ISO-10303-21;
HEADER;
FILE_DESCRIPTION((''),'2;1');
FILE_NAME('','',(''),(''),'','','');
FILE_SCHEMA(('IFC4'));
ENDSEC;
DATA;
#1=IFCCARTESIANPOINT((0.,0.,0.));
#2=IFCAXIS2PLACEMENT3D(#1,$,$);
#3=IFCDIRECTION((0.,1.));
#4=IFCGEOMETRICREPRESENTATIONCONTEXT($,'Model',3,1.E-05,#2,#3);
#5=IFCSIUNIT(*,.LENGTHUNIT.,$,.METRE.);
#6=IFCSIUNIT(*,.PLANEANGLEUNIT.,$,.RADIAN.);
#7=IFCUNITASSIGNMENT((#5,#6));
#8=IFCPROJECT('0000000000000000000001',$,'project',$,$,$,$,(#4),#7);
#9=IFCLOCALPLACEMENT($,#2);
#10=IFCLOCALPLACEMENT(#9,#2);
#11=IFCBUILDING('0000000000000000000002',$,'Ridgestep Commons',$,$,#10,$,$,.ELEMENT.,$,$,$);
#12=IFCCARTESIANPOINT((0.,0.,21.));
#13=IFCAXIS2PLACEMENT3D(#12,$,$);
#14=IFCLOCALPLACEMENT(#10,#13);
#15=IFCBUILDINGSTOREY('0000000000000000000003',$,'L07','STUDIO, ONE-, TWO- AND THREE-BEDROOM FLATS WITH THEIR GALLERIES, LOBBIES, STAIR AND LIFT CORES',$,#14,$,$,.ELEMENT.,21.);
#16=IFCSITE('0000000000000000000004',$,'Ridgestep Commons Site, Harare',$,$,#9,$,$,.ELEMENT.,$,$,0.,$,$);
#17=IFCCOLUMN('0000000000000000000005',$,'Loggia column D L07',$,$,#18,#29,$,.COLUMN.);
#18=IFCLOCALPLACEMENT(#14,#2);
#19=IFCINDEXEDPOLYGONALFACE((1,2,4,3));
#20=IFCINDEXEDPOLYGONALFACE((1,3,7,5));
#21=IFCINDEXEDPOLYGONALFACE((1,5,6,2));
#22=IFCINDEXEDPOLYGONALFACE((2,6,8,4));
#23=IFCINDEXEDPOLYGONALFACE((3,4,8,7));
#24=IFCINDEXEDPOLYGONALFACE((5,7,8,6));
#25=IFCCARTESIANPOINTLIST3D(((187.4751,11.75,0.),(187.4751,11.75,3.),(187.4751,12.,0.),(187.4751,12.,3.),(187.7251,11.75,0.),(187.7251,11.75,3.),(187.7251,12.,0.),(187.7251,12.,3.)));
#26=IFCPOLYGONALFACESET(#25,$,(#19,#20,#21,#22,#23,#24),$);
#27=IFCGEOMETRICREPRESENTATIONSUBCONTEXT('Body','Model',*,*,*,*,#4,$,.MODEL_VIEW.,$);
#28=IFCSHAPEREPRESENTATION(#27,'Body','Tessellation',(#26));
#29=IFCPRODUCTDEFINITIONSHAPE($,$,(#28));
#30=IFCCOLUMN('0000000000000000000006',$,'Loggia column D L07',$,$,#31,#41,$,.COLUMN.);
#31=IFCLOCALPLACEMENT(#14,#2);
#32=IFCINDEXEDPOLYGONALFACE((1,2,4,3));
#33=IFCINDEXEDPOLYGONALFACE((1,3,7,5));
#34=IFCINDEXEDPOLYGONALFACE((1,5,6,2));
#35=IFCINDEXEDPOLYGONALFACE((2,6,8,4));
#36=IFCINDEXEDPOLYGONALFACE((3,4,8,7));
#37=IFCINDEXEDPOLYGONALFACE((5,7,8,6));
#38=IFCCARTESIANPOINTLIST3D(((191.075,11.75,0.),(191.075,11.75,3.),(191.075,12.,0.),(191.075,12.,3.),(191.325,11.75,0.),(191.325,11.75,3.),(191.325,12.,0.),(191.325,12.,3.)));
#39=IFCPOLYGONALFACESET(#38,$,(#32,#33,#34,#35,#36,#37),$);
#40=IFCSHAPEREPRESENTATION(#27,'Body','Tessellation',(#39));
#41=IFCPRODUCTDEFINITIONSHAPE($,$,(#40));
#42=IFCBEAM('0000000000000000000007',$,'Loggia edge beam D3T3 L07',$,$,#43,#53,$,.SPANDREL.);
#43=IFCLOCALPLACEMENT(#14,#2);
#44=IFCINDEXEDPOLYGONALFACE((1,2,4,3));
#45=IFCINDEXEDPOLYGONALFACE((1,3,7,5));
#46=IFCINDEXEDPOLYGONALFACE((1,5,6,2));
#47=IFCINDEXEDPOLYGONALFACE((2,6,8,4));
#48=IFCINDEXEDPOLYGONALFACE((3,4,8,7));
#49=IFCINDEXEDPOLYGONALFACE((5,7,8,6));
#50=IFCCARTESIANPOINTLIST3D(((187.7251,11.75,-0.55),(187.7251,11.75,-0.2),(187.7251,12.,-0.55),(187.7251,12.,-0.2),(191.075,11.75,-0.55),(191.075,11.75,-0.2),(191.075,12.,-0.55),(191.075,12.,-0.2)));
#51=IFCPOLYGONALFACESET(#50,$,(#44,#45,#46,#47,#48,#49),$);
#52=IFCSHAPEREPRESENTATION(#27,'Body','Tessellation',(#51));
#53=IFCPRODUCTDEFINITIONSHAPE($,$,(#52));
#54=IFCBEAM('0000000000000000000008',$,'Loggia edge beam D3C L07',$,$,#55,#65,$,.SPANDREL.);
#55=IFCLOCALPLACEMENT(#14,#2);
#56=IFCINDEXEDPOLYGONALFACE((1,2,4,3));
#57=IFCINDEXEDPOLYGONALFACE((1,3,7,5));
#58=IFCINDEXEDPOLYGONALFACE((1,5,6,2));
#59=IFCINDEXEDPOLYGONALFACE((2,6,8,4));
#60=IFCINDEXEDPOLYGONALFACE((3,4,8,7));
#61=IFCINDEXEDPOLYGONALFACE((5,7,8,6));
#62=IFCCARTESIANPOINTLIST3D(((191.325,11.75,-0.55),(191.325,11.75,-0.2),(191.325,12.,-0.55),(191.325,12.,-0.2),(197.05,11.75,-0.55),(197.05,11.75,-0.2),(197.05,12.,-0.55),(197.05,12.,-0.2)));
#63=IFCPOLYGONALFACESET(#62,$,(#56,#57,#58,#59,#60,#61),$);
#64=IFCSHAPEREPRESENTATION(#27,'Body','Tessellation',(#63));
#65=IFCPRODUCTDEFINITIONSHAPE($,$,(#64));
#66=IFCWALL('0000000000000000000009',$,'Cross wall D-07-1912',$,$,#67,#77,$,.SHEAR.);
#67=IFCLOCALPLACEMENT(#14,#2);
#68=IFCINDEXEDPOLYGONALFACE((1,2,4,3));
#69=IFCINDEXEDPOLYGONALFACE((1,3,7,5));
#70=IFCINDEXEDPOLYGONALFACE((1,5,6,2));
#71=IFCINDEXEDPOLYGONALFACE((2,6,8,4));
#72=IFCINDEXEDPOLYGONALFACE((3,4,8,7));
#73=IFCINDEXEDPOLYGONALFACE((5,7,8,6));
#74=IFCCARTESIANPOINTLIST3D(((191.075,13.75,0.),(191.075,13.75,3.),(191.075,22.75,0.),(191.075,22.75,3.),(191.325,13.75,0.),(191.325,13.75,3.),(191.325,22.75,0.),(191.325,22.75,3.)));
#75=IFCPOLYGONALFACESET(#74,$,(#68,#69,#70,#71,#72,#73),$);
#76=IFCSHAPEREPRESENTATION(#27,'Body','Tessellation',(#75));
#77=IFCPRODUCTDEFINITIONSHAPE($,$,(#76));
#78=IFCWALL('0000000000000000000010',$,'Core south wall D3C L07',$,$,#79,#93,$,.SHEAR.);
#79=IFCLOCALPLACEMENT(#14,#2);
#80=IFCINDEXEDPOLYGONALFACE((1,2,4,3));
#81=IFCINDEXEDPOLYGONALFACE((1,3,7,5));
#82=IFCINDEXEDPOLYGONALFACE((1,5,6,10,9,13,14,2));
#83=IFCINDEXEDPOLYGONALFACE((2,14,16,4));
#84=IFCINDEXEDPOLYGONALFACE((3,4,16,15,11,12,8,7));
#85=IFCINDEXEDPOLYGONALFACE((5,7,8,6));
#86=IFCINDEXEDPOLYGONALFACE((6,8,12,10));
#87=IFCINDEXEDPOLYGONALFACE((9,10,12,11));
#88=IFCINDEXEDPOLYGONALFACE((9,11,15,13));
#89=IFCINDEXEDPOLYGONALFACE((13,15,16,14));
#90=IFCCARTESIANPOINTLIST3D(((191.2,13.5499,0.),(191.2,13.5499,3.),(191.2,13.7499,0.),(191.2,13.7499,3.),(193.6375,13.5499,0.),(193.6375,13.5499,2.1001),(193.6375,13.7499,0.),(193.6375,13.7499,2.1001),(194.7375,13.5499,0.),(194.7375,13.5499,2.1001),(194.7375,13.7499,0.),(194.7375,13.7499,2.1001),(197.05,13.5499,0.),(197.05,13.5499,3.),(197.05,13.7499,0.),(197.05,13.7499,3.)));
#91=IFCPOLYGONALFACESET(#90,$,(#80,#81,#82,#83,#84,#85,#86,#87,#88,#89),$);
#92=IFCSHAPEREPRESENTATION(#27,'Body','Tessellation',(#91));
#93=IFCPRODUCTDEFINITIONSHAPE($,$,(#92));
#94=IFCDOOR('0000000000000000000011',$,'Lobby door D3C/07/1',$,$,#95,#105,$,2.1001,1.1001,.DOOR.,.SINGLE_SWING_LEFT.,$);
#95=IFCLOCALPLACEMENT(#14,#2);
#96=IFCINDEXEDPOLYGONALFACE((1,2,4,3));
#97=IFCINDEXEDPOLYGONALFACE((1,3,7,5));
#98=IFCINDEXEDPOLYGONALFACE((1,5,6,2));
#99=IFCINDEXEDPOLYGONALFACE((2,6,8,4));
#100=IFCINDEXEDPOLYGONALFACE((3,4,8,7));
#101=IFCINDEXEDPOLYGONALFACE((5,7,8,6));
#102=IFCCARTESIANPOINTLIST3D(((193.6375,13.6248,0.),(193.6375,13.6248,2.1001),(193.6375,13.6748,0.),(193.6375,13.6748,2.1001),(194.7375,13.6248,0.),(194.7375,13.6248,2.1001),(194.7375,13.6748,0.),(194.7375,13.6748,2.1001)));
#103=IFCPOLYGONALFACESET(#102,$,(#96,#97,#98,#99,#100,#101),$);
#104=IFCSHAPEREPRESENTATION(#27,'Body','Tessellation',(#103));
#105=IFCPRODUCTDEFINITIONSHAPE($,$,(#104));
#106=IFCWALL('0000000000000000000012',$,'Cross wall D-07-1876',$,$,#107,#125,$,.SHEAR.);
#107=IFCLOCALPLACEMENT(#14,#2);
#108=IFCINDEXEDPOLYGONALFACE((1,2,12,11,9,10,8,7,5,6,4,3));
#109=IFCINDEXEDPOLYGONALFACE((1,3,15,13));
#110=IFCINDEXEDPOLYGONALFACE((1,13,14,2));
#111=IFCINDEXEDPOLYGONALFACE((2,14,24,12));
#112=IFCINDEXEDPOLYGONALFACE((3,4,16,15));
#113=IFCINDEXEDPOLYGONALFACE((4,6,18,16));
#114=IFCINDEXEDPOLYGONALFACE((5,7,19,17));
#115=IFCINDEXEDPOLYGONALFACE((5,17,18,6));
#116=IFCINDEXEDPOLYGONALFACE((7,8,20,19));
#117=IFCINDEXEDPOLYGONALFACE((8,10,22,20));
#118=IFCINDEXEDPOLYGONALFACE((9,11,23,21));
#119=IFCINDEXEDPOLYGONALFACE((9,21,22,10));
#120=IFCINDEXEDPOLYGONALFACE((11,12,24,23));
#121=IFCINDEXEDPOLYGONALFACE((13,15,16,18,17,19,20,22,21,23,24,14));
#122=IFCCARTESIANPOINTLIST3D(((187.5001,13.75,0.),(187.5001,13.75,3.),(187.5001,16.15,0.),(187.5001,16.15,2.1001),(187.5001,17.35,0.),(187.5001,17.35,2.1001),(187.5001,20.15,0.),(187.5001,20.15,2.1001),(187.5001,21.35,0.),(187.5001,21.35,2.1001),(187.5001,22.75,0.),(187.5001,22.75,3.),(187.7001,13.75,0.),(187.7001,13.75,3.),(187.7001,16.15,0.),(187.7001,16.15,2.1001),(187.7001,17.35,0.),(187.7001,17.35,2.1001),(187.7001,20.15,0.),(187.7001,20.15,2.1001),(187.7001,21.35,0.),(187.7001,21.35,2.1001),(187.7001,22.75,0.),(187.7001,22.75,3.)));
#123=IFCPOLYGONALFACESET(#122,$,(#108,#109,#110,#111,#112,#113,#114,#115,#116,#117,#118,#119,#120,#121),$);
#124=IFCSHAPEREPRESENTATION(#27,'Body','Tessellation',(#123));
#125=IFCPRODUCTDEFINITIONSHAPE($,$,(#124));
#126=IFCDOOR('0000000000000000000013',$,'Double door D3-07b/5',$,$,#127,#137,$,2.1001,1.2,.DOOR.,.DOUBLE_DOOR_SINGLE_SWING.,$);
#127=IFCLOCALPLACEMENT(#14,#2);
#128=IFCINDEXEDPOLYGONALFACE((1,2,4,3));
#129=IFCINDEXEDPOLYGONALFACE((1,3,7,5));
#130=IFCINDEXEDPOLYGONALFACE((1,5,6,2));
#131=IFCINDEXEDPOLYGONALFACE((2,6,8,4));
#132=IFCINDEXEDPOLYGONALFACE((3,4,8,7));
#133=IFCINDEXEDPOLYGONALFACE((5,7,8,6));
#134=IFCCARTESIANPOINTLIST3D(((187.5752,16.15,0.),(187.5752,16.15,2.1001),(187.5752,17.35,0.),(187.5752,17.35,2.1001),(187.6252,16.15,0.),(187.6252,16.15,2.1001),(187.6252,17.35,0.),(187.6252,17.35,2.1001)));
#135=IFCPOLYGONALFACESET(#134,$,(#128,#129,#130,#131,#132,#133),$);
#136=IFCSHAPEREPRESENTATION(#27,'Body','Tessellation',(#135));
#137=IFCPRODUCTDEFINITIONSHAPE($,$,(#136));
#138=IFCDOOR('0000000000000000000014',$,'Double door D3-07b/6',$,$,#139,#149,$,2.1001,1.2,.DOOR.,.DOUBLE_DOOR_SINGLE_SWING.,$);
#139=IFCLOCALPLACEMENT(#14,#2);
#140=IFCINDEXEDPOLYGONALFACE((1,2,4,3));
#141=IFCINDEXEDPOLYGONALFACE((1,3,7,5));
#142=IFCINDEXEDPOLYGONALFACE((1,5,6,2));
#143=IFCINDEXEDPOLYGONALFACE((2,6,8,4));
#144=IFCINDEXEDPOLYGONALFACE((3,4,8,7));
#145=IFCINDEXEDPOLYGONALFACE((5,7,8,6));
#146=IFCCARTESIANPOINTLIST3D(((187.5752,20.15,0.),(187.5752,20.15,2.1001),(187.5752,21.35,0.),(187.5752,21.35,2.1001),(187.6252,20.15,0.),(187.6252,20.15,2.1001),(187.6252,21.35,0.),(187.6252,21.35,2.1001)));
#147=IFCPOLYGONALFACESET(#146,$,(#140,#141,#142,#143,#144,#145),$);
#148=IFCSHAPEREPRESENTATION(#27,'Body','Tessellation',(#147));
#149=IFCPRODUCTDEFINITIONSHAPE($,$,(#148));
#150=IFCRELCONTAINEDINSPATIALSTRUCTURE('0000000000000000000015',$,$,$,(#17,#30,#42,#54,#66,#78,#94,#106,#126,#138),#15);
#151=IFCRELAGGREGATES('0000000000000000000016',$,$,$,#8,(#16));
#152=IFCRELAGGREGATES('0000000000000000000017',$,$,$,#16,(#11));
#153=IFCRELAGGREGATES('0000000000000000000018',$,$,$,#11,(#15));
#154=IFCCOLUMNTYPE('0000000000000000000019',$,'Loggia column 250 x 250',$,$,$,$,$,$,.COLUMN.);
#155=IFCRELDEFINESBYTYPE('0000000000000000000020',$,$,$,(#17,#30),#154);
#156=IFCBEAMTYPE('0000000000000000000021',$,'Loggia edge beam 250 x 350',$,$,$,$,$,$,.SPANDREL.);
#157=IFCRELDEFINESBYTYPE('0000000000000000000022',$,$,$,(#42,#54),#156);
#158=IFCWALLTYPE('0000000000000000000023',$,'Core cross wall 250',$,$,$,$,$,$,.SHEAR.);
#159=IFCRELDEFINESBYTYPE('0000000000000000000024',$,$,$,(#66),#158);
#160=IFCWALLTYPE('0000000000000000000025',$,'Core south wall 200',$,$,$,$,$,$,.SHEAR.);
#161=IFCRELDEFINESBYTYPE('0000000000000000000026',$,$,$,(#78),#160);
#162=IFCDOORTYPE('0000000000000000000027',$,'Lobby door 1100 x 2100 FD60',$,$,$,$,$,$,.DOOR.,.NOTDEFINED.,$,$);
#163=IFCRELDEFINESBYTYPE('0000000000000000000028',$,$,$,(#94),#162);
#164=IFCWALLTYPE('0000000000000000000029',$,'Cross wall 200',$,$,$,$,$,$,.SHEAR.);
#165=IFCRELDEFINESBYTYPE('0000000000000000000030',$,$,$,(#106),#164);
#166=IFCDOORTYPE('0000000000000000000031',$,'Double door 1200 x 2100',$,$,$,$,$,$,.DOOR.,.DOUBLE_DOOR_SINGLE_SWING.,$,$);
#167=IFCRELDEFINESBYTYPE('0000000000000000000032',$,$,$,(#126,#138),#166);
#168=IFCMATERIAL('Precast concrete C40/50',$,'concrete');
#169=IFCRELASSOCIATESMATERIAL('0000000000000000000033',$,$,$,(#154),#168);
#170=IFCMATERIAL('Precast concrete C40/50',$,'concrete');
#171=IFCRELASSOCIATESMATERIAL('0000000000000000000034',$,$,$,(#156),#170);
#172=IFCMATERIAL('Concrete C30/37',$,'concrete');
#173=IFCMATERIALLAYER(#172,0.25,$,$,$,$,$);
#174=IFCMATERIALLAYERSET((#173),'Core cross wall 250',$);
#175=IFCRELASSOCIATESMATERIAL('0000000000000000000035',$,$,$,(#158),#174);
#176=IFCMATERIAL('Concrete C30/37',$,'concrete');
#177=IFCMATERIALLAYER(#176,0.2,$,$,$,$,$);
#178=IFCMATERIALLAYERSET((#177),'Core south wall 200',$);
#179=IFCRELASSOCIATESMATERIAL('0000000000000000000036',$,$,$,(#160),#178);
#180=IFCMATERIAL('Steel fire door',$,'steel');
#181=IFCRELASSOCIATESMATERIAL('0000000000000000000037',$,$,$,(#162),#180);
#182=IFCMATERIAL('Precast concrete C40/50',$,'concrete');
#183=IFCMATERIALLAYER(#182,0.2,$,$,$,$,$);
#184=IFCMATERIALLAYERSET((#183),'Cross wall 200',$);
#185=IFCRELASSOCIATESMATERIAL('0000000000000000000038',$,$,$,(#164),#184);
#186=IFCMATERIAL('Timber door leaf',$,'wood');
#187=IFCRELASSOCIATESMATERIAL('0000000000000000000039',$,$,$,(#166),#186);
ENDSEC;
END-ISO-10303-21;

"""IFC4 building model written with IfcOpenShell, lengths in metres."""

from ifc_helpers import new_model, si_unit, direction, frame, frame_2d, origin, origin_2d, place, context, subcontext, project, spatial, rectangle, extrude, material, layer, layer_set, material_profile, profile_set, type_object, element, fill, save


model = new_model("IFC4")

# Units and contexts
model_context = context("Model", 3, precision=1e-05, world=origin(), true_north=direction((0.0, 1.0)))
body_context = subcontext(model_context, "Body", "Model", "MODEL_VIEW")
ifc_project = project(units=[si_unit("LENGTHUNIT", "METRE"), si_unit("PLANEANGLEUNIT", "RADIAN")], contexts=[model_context])

# Site, building, storey
site_placement = place(None, origin())
site = spatial("IfcSite", under=ifc_project, at=site_placement, Name="Ridgestep Commons Site, Harare", CompositionType="ELEMENT", RefElevation=0.0)
building_placement = place(site_placement, origin())
building = spatial("IfcBuilding", under=site, at=building_placement, Name="Ridgestep Commons", CompositionType="ELEMENT")
storey_placement = place(building_placement, frame((0.0, 0.0, 21.0)))
storey = spatial("IfcBuildingStorey", under=building, at=storey_placement, Name="L07", Description="STUDIO, ONE-, TWO- AND THREE-BEDROOM FLATS WITH THEIR GALLERIES, LOBBIES, STAIR AND LIFT CORES", CompositionType="ELEMENT", Elevation=21.0)

# Columns
ifc_material_1 = material(Name="Precast concrete C40/50", Category="concrete")
ifc_material_profile_1 = material_profile(ifc_material_1, rectangle(XDim=0.25, YDim=0.25, at=origin_2d()), Name="PC 250x250")
ifc_profile_set_1 = profile_set([ifc_material_profile_1], Name="Precast concrete C40/50")
column_type = type_object("IfcColumnType", Name="Loggia column 250 x 250", PredefinedType="COLUMN", material=ifc_profile_set_1)
for number, where, z_axis, x_axis, name in (
    (1, (187.6001, 11.875, 0.0), (0.0, 0.0, 1.0), (1.0, 0.0, 0.0), "Loggia column D L07"),
    (2, (191.2, 11.875, 0.0), (0.0, 0.0, 1.0), (1.0, 0.0, 0.0), "Loggia column D L07"),
):
    element("IfcColumn", number, at=place(storey_placement, frame(where, z_axis=z_axis, x_axis=x_axis)), inside=storey, type_object=column_type, Name=name, PredefinedType="COLUMN", context=body_context, shape_type="SweptSolid", body=[
        extrude(rectangle(XDim=0.25, YDim=0.25, at=origin_2d()), origin(), (0.0, 0.0, 1.0), 3.0),
    ])

# Beams
ifc_material_2 = material(Name="Precast concrete C40/50", Category="concrete")
ifc_material_profile_2 = material_profile(ifc_material_2, rectangle(XDim=0.25, YDim=0.3501, at=origin_2d()), Name="PC 250x350")
ifc_profile_set_2 = profile_set([ifc_material_profile_2], Name="Precast concrete C40/50")
beam_type = type_object("IfcBeamType", Name="Loggia edge beam 250 x 350", PredefinedType="SPANDREL", material=ifc_profile_set_2)
beam_1_placement = place(storey_placement, frame((187.7251, 11.875, -0.375), z_axis=(1.0, 0.0, 0.0), x_axis=(0.0, 1.0, 0.0)))
element("IfcBeam", 3, at=beam_1_placement, inside=storey, type_object=beam_type, Name="Loggia edge beam D3T3 L07", PredefinedType="SPANDREL", context=body_context, shape_type="SweptSolid", body=[
    extrude(rectangle(XDim=0.25, YDim=0.3501, at=origin_2d()), origin(), (0.0, 0.0, 1.0), 3.3499),
])
beam_2_placement = place(storey_placement, frame((191.325, 11.875, -0.375), z_axis=(1.0, 0.0, 0.0), x_axis=(0.0, 1.0, 0.0)))
element("IfcBeam", 4, at=beam_2_placement, inside=storey, type_object=beam_type, Name="Loggia edge beam D3C L07", PredefinedType="SPANDREL", context=body_context, shape_type="SweptSolid", body=[
    extrude(rectangle(XDim=0.25, YDim=0.3501, at=origin_2d()), origin(), (0.0, 0.0, 1.0), 5.7251),
])

# Wall
ifc_material_3 = material(Name="Concrete C30/37", Category="concrete")
ifc_layer_1 = layer(ifc_material_3, 0.25)
ifc_layer_set_1 = layer_set([ifc_layer_1], Name="Core cross wall 250")
wall_type_1 = type_object("IfcWallType", Name="Core cross wall 250", PredefinedType="SHEAR", material=ifc_layer_set_1)
wall_1_placement = place(storey_placement, frame((191.2, 13.75, 0.0), z_axis=(0.0, 0.0, 1.0), x_axis=(0.0, 1.0, 0.0)))
element("IfcWall", 5, at=wall_1_placement, inside=storey, type_object=wall_type_1, Name="Cross wall D-07-1912", PredefinedType="SHEAR", context=body_context, shape_type="SweptSolid", body=[
    extrude(rectangle(XDim=9.0, YDim=0.25, at=frame_2d((4.5, 0.0))), origin(), (0.0, 0.0, 1.0), 3.0),
])

# Wall, opening, door
ifc_material_4 = material(Name="Concrete C30/37", Category="concrete")
ifc_layer_2 = layer(ifc_material_4, 0.2)
ifc_layer_set_2 = layer_set([ifc_layer_2], Name="Core south wall 200")
wall_type_2 = type_object("IfcWallType", Name="Core south wall 200", PredefinedType="SHEAR", material=ifc_layer_set_2)
wall_2_placement = place(storey_placement, frame((191.2, 13.6499, 0.0), z_axis=(0.0, 0.0, 1.0), x_axis=(1.0, 0.0, 0.0)))
wall_2 = element("IfcWall", 6, at=wall_2_placement, inside=storey, type_object=wall_type_2, Name="Core south wall D3C L07", PredefinedType="SHEAR", context=body_context, shape_type="SweptSolid", body=[
    extrude(rectangle(XDim=5.8501, YDim=0.2, at=frame_2d((2.925, 0.0))), origin(), (0.0, 0.0, 1.0), 3.0),
])
opening_1_placement = place(wall_2_placement, frame((2.4375, 0.0, 0.0)))
opening_1 = element("IfcOpeningElement", 7, at=opening_1_placement, cuts=wall_2, PredefinedType="OPENING", context=body_context, shape_type="SweptSolid", body=[
    extrude(rectangle(XDim=1.1001, YDim=2.1001, at=frame_2d((0.55, 1.05))), frame((0.0, 0.1099, 0.0), z_axis=(0.0, -1.0, 0.0), x_axis=(1.0, 0.0, 0.0)), (0.0, 0.0, 1.0), 0.22),
])
ifc_material_5 = material(Name="Steel fire door", Category="steel")
door_type_1 = type_object("IfcDoorType", Name="Lobby door 1100 x 2100 FD60", OperationType="NOTDEFINED", PredefinedType="DOOR", material=ifc_material_5)
door_1_placement = place(opening_1_placement, origin())
door_1 = element("IfcDoor", 8, at=door_1_placement, inside=storey, type_object=door_type_1, Name="Lobby door D3C/07/1", OperationType="SINGLE_SWING_LEFT", OverallHeight=2.1001, OverallWidth=1.1001, PredefinedType="DOOR", context=body_context, shape_type="SweptSolid", body=[
    extrude(rectangle(XDim=1.1001, YDim=2.1001, at=frame_2d((0.55, 1.05))), frame((0.0, 0.0249, 0.0), z_axis=(0.0, -1.0, 0.0), x_axis=(1.0, 0.0, 0.0)), (0.0, 0.0, 1.0), 0.05),
])
fill(opening_1, door_1)

# Wall, openings, doors
ifc_material_6 = material(Name="Precast concrete C40/50", Category="concrete")
ifc_layer_3 = layer(ifc_material_6, 0.2)
ifc_layer_set_3 = layer_set([ifc_layer_3], Name="Cross wall 200")
wall_type_3 = type_object("IfcWallType", Name="Cross wall 200", PredefinedType="SHEAR", material=ifc_layer_set_3)
wall_3_placement = place(storey_placement, frame((187.6001, 13.75, 0.0), z_axis=(0.0, 0.0, 1.0), x_axis=(0.0, 1.0, 0.0)))
wall_3 = element("IfcWall", 9, at=wall_3_placement, inside=storey, type_object=wall_type_3, Name="Cross wall D-07-1876", PredefinedType="SHEAR", context=body_context, shape_type="SweptSolid", body=[
    extrude(rectangle(XDim=9.0, YDim=0.2, at=frame_2d((4.5, 0.0))), origin(), (0.0, 0.0, 1.0), 3.0),
])
opening_2_placement = place(wall_3_placement, frame((2.3999, 0.0, 0.0)))
opening_2 = element("IfcOpeningElement", 10, at=opening_2_placement, cuts=wall_3, PredefinedType="OPENING", context=body_context, shape_type="SweptSolid", body=[
    extrude(rectangle(XDim=1.2, YDim=2.1001, at=frame_2d((0.6001, 1.05))), frame((0.0, 0.1099, 0.0), z_axis=(0.0, -1.0, 0.0), x_axis=(1.0, 0.0, 0.0)), (0.0, 0.0, 1.0), 0.22),
])
opening_3_placement = place(wall_3_placement, frame((6.3999, 0.0, 0.0)))
opening_3 = element("IfcOpeningElement", 11, at=opening_3_placement, cuts=wall_3, PredefinedType="OPENING", context=body_context, shape_type="SweptSolid", body=[
    extrude(rectangle(XDim=1.2, YDim=2.1001, at=frame_2d((0.6001, 1.05))), frame((0.0, 0.1099, 0.0), z_axis=(0.0, -1.0, 0.0), x_axis=(1.0, 0.0, 0.0)), (0.0, 0.0, 1.0), 0.22),
])
ifc_material_7 = material(Name="Timber door leaf", Category="wood")
door_type_2 = type_object("IfcDoorType", Name="Double door 1200 x 2100", OperationType="DOUBLE_DOOR_SINGLE_SWING", PredefinedType="DOOR", material=ifc_material_7)
door_2_placement = place(opening_2_placement, origin())
door_2 = element("IfcDoor", 12, at=door_2_placement, inside=storey, type_object=door_type_2, Name="Double door D3-07b/5", OperationType="DOUBLE_DOOR_SINGLE_SWING", OverallHeight=2.1001, OverallWidth=1.2, PredefinedType="DOOR", context=body_context, shape_type="SweptSolid", body=[
    extrude(rectangle(XDim=1.2, YDim=2.1001, at=frame_2d((0.6001, 1.05))), frame((0.0, 0.0249, 0.0), z_axis=(0.0, -1.0, 0.0), x_axis=(1.0, 0.0, 0.0)), (0.0, 0.0, 1.0), 0.05),
])
fill(opening_2, door_2)
door_3_placement = place(opening_3_placement, origin())
door_3 = element("IfcDoor", 13, at=door_3_placement, inside=storey, type_object=door_type_2, Name="Double door D3-07b/6", OperationType="DOUBLE_DOOR_SINGLE_SWING", OverallHeight=2.1001, OverallWidth=1.2, PredefinedType="DOOR", context=body_context, shape_type="SweptSolid", body=[
    extrude(rectangle(XDim=1.2, YDim=2.1001, at=frame_2d((0.6001, 1.05))), frame((0.0, 0.0249, 0.0), z_axis=(0.0, -1.0, 0.0), x_axis=(1.0, 0.0, 0.0)), (0.0, 0.0, 1.0), 0.05),
])
fill(opening_3, door_3)

save(model, "model.ifc")
